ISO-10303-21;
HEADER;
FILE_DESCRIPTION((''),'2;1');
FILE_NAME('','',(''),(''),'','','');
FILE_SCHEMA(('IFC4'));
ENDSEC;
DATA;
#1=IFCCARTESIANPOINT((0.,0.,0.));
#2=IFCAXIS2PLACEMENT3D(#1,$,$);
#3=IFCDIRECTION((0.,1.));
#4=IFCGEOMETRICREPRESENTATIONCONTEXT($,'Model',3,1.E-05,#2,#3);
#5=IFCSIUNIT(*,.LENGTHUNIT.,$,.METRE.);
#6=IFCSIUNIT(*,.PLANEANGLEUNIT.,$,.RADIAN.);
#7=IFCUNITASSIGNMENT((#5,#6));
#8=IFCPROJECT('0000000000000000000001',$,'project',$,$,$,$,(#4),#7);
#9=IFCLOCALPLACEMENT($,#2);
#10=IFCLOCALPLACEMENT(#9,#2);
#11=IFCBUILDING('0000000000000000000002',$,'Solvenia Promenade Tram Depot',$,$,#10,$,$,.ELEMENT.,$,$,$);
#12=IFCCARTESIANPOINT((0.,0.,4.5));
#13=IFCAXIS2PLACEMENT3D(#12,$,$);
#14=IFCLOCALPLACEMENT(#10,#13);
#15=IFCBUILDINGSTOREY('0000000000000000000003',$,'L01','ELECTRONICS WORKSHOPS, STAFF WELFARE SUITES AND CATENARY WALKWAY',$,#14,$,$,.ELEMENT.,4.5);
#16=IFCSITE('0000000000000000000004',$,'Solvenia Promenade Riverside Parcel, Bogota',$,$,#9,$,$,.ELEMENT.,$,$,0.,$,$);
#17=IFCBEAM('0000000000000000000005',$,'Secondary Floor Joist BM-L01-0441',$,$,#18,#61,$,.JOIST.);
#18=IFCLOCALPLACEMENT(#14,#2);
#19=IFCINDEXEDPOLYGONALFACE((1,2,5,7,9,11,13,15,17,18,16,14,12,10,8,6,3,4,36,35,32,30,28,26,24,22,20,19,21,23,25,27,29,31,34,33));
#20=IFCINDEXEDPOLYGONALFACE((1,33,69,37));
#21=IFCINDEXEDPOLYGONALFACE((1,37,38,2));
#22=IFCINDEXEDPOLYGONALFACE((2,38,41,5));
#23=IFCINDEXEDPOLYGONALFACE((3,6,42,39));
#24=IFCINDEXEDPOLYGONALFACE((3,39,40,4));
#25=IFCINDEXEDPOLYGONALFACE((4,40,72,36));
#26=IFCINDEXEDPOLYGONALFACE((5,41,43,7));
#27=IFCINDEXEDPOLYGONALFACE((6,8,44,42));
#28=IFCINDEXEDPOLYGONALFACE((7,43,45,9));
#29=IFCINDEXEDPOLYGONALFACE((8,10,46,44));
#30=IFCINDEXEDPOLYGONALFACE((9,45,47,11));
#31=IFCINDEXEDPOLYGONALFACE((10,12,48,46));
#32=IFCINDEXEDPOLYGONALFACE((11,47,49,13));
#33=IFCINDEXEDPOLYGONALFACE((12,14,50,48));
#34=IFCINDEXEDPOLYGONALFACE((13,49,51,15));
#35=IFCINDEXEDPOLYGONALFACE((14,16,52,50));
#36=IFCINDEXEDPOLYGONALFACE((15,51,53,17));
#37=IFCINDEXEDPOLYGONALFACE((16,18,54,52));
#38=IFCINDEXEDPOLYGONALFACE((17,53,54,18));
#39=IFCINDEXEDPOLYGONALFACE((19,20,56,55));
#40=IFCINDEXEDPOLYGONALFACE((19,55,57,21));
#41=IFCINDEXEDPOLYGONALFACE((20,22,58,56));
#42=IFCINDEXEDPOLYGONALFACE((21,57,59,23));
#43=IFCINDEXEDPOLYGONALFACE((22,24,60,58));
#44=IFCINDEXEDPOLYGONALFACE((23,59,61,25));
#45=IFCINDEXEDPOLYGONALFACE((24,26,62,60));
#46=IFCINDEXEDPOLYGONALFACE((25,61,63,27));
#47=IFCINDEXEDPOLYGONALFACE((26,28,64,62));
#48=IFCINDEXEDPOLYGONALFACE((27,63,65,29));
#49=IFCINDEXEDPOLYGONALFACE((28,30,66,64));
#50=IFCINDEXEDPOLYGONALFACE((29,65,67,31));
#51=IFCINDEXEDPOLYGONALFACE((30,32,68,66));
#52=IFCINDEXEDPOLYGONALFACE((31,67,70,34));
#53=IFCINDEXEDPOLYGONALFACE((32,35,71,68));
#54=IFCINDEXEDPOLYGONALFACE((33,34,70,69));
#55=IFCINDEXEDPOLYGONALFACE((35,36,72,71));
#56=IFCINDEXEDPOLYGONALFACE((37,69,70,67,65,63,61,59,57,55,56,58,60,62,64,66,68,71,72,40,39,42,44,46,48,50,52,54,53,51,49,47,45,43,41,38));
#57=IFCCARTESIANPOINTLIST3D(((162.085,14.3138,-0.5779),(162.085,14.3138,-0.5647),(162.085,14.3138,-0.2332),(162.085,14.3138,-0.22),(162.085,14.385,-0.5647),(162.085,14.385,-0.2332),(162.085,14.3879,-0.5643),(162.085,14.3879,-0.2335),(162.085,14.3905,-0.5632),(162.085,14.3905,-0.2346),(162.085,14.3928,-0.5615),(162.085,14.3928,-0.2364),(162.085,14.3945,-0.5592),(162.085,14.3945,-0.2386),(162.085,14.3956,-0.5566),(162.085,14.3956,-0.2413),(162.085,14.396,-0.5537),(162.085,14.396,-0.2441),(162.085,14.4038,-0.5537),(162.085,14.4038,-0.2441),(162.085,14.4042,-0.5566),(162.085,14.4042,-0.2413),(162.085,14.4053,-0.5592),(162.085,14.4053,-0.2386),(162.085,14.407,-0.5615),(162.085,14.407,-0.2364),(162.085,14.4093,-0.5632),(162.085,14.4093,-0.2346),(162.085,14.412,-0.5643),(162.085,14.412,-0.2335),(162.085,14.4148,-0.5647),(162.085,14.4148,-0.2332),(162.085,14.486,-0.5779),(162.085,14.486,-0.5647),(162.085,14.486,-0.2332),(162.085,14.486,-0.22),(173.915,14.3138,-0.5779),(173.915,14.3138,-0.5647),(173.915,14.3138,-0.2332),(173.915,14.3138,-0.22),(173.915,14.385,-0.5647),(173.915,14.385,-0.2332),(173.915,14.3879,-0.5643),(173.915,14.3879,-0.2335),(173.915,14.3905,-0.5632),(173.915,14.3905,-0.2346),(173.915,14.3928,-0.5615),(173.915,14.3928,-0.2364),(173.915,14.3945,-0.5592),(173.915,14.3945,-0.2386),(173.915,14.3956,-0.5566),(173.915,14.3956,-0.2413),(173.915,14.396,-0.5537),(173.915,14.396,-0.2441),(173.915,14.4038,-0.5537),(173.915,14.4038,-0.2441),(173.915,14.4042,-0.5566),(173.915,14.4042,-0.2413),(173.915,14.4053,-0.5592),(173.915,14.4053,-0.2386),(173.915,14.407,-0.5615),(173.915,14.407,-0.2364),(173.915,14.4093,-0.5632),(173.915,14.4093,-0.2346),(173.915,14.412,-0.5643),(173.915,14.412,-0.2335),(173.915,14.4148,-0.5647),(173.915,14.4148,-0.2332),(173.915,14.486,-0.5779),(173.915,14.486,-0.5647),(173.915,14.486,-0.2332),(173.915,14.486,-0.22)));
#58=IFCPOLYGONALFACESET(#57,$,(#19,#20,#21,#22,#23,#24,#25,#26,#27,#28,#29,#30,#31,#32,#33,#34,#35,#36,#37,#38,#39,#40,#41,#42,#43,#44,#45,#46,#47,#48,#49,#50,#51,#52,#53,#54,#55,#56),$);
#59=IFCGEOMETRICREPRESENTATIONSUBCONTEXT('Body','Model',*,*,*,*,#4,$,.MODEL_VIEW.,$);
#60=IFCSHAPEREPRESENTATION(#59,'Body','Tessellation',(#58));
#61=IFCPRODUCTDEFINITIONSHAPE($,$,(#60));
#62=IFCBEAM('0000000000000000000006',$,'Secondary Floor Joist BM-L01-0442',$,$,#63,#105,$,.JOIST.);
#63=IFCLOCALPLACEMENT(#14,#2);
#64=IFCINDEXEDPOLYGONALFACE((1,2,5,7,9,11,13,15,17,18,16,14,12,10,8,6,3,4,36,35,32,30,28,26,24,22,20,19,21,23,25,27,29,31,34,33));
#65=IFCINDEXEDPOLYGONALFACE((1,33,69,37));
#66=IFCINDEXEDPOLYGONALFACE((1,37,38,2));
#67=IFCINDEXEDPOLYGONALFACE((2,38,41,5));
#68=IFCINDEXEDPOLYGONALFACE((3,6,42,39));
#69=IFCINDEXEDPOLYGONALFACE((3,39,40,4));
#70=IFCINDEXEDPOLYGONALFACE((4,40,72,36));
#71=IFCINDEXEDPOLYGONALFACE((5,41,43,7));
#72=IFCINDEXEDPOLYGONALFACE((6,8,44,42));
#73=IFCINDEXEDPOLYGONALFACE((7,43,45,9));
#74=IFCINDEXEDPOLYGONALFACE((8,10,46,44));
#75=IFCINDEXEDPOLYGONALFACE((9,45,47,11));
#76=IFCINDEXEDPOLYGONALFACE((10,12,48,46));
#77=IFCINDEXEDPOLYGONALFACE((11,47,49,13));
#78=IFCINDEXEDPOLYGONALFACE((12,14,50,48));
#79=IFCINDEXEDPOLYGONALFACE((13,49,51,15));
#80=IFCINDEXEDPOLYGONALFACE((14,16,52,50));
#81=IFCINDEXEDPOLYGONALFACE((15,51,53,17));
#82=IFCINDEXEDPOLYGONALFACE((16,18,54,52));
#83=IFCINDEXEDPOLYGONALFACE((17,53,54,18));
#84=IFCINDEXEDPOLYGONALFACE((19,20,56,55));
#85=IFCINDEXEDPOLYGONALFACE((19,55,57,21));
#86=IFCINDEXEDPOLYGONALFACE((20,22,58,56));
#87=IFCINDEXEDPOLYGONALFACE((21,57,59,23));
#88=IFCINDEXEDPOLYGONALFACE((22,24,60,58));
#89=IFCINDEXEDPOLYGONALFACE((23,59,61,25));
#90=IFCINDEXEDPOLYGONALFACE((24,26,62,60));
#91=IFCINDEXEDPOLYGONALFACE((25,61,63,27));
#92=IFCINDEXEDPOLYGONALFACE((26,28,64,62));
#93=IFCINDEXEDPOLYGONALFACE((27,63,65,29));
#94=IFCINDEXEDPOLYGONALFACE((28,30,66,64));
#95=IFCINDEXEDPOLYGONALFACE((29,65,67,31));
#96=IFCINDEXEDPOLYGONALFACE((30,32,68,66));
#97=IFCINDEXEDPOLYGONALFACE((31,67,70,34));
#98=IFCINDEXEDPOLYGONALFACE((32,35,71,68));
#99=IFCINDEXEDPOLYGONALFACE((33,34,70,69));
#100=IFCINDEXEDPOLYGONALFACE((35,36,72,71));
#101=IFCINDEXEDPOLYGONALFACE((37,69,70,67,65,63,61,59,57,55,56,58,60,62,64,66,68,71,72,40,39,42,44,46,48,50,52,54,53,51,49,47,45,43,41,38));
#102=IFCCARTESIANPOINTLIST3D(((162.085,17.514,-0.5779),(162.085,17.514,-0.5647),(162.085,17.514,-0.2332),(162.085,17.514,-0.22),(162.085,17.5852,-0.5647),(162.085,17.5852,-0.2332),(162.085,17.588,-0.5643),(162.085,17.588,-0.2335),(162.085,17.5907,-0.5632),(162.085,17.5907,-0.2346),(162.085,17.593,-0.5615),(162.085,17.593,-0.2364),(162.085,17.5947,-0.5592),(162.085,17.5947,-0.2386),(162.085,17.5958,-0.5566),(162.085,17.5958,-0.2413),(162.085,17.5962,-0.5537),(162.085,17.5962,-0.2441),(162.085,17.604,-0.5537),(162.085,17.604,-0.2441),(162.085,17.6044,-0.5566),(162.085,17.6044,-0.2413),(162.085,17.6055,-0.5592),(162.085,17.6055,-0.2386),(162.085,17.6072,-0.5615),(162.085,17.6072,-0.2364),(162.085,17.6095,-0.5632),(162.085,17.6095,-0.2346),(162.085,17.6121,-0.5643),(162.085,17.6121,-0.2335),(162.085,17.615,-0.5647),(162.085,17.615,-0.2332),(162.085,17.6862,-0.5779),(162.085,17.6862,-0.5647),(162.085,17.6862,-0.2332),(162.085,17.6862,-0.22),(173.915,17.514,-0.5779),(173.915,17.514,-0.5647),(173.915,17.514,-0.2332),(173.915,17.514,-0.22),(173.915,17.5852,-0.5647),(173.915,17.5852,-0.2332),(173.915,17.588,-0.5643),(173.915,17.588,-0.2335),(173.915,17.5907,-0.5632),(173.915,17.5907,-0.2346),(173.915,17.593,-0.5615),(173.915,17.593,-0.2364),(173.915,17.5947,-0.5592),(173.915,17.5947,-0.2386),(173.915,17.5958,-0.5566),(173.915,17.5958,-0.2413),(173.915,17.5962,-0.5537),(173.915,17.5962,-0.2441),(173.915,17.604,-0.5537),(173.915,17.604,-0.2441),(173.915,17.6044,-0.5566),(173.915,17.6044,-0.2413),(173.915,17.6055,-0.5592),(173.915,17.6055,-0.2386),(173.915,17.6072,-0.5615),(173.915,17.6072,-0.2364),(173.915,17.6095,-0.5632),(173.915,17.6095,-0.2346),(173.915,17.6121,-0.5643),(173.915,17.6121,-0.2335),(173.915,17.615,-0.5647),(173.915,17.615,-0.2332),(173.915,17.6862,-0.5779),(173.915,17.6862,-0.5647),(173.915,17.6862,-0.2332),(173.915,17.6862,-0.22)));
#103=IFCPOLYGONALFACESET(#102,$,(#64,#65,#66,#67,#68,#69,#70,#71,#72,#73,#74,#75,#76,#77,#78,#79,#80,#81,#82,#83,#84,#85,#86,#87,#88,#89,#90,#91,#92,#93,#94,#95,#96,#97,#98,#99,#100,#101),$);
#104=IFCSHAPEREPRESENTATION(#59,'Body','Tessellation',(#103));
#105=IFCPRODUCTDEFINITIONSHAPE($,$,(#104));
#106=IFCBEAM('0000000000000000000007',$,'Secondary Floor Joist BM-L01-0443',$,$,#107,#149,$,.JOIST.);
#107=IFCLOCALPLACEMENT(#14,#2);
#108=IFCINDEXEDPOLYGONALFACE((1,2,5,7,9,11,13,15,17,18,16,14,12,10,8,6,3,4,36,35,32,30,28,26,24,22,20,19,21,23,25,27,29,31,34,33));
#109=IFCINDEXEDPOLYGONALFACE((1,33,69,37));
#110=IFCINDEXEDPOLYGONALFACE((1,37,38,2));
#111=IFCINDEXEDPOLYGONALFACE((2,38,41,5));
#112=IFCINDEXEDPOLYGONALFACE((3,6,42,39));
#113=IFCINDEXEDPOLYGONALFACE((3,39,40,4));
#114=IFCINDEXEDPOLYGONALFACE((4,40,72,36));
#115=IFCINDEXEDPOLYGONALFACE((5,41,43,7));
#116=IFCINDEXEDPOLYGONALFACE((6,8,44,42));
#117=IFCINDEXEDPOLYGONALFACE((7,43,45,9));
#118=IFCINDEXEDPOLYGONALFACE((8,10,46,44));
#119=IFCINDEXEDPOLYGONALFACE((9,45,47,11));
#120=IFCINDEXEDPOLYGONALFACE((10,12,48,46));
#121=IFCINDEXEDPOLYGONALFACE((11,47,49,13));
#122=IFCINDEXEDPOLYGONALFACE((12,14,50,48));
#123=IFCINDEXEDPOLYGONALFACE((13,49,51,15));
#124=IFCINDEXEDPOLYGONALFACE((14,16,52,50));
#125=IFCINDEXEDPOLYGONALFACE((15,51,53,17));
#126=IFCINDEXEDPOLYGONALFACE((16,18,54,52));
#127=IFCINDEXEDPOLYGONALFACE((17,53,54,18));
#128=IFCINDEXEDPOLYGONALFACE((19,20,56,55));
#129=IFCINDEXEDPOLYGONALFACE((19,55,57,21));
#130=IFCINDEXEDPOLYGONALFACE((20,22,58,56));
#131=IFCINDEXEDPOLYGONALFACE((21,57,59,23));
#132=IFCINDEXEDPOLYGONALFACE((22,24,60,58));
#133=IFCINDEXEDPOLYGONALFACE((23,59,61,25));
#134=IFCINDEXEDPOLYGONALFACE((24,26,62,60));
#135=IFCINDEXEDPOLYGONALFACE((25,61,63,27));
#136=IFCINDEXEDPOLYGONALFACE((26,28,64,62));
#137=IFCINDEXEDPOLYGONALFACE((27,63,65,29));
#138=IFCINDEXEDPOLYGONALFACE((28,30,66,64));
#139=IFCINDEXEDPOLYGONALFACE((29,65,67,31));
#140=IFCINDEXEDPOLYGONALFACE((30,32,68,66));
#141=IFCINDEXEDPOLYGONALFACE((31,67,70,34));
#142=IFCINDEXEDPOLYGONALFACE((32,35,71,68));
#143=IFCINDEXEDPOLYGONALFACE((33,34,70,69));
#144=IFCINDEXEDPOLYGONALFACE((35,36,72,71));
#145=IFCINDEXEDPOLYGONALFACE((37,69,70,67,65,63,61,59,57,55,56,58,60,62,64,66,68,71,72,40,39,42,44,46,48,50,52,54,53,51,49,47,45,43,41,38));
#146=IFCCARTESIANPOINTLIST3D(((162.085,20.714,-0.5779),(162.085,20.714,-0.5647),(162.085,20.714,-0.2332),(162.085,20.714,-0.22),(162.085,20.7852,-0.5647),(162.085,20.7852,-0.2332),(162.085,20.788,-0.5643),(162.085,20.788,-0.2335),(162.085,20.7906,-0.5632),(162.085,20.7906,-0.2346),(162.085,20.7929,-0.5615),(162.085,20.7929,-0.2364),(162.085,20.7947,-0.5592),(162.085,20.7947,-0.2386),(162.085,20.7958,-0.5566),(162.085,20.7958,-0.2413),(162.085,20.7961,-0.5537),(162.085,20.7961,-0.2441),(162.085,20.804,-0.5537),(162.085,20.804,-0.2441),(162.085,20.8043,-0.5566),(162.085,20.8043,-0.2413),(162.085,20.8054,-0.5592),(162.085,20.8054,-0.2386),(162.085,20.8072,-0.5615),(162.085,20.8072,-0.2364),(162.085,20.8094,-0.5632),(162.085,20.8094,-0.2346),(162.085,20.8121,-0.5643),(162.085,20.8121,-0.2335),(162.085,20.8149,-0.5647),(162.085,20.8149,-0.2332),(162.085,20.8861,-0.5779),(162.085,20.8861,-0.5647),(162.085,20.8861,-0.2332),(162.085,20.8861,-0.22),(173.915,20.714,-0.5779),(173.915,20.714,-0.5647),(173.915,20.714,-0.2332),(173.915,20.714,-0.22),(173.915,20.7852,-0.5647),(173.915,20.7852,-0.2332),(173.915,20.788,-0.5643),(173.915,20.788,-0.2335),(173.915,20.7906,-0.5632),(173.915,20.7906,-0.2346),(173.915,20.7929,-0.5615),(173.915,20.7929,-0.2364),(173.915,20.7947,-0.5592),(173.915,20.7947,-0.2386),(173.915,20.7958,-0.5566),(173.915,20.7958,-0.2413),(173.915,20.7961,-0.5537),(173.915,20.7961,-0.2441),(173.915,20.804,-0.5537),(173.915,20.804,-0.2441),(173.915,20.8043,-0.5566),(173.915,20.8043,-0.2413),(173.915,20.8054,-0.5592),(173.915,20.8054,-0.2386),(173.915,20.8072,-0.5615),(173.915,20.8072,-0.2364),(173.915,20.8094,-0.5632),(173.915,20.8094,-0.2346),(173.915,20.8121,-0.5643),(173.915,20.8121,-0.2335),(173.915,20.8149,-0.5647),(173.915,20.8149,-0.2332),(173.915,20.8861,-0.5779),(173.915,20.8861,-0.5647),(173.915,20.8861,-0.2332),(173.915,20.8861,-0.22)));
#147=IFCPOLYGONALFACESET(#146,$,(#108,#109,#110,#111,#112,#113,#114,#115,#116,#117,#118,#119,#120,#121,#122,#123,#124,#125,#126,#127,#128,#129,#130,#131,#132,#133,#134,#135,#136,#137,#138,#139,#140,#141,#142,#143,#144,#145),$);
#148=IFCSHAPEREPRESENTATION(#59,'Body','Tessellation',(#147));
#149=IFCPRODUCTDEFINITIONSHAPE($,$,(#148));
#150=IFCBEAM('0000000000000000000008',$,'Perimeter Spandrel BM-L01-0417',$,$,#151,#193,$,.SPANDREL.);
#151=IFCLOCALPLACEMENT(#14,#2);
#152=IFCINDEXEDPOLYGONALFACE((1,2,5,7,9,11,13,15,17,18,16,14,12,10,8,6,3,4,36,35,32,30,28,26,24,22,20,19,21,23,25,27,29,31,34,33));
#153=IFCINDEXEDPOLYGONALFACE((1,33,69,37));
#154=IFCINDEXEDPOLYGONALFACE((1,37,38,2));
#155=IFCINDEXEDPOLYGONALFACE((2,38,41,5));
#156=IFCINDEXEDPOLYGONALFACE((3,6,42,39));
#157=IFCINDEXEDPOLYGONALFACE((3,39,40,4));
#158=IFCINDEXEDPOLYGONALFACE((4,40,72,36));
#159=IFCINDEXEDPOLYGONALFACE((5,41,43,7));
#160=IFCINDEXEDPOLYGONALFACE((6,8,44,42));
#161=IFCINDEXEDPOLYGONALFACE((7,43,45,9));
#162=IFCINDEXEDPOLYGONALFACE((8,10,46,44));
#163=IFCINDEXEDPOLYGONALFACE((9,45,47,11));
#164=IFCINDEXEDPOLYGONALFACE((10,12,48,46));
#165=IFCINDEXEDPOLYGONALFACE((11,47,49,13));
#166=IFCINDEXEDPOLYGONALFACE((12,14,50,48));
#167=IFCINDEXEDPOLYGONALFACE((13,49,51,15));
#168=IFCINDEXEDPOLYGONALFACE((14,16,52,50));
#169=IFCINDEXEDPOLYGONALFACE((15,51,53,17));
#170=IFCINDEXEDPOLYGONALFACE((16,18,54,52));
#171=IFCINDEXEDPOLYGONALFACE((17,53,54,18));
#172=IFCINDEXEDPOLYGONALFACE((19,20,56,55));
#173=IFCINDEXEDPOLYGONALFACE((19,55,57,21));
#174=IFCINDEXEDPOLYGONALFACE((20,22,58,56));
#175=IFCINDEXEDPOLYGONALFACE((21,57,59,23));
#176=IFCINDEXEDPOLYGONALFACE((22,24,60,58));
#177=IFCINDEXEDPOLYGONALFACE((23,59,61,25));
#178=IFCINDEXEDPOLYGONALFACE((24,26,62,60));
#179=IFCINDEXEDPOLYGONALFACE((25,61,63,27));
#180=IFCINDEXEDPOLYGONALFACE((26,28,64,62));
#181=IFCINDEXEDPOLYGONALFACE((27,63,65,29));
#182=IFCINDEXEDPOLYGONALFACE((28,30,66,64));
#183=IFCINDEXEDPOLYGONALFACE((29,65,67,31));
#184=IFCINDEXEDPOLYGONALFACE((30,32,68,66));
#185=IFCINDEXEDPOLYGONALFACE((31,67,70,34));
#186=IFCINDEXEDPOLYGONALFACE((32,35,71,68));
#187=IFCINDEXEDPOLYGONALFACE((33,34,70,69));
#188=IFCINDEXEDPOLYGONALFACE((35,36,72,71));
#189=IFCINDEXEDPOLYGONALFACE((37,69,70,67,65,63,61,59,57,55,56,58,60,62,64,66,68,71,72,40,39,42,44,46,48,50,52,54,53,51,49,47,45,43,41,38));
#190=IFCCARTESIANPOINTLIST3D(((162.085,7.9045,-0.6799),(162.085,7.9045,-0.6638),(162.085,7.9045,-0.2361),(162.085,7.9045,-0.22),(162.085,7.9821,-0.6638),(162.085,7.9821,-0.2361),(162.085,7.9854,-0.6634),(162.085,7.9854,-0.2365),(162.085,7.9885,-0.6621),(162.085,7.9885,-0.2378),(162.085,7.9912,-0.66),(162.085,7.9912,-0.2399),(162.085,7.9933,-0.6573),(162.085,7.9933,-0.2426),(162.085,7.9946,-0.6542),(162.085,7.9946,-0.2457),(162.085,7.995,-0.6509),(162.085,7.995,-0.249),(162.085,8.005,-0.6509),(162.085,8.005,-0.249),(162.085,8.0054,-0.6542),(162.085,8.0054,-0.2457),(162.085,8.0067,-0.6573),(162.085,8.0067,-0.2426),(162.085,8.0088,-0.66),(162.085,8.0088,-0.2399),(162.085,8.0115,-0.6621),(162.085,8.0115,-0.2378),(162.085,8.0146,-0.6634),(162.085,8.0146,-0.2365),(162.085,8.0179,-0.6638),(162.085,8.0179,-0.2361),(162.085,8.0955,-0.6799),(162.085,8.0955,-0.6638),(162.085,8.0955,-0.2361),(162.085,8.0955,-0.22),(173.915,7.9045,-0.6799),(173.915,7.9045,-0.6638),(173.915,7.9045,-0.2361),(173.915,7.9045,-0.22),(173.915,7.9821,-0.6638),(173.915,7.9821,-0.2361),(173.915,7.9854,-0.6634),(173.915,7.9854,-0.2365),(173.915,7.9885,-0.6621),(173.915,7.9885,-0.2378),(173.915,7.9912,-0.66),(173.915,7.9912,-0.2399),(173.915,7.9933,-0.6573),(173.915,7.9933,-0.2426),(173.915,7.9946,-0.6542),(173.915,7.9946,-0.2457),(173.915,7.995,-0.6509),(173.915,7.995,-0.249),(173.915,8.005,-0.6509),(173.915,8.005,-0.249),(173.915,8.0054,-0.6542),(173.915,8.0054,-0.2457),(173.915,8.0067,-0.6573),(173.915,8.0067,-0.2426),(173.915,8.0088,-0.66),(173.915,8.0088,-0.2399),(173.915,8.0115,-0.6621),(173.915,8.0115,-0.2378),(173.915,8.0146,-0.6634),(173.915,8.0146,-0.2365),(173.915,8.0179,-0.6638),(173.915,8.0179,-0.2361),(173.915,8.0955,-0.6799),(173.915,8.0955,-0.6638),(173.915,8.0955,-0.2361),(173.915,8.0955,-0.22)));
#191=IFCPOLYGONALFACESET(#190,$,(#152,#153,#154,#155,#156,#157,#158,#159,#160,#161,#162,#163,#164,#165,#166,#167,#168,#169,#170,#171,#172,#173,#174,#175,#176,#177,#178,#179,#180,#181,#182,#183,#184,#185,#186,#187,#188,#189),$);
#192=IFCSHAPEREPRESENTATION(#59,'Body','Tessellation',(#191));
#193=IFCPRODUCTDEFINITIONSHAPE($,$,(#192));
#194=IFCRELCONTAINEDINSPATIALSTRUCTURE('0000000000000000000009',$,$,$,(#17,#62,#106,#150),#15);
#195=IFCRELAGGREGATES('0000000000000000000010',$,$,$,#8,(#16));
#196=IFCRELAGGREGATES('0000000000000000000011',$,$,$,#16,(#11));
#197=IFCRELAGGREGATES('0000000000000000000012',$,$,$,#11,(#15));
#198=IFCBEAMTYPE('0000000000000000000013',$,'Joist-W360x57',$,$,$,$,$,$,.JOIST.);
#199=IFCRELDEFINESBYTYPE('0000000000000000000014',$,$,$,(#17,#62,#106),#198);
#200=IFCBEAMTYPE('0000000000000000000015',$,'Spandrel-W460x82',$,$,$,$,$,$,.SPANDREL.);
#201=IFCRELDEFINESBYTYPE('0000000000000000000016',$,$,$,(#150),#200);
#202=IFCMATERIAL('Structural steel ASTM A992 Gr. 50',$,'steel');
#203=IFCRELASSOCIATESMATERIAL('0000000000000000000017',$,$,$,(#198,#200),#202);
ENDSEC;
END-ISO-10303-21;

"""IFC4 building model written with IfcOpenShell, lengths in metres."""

from ifc_helpers import new_model, si_unit, direction, frame, origin, origin_2d, place, context, subcontext, project, spatial, i_section, extrude, material, material_profile, profile_set, type_object, element, save


model = new_model("IFC4")

# Units and contexts
model_context = context("Model", 3, precision=1e-05, world=origin(), true_north=direction((0.0, 1.0)))
body_context = subcontext(model_context, "Body", "Model", "MODEL_VIEW")
ifc_project = project(units=[si_unit("LENGTHUNIT", "METRE"), si_unit("PLANEANGLEUNIT", "RADIAN")], contexts=[model_context])

# Site, building, storey
site_placement = place(None, origin())
site = spatial("IfcSite", under=ifc_project, at=site_placement, Name="Solvenia Promenade Riverside Parcel, Bogota", CompositionType="ELEMENT", RefElevation=0.0)
building_placement = place(site_placement, origin())
building = spatial("IfcBuilding", under=site, at=building_placement, Name="Solvenia Promenade Tram Depot", CompositionType="ELEMENT")
storey_placement = place(building_placement, frame((0.0, 0.0, 4.5)))
storey = spatial("IfcBuildingStorey", under=building, at=storey_placement, Name="L01", Description="ELECTRONICS WORKSHOPS, STAFF WELFARE SUITES AND CATENARY WALKWAY", CompositionType="ELEMENT", Elevation=4.5)

# Shared definitions
ifc_material_1 = material(Name="Structural steel ASTM A992 Gr. 50", Category="steel")

# Beams
ifc_material_profile_1 = material_profile(ifc_material_1, i_section(OverallWidth=0.1721, OverallDepth=0.3579, WebThickness=0.0078, FlangeThickness=0.0132, FilletRadius=0.011, at=origin_2d()), Name="W360x57", Category="steel")
ifc_profile_set_1 = profile_set([ifc_material_profile_1], Name="Structural steel ASTM A992 Gr. 50")
beam_type_1 = type_object("IfcBeamType", Name="Joist-W360x57", PredefinedType="JOIST", material=ifc_profile_set_1)
for number, where, z_axis, x_axis, name in (
    (1, (162.085, 14.3999, -0.3989), (1.0, 0.0, 0.0), (0.0, 1.0, 0.0), "Secondary Floor Joist BM-L01-0441"),
    (2, (162.085, 17.6001, -0.3989), (1.0, 0.0, 0.0), (0.0, 1.0, 0.0), "Secondary Floor Joist BM-L01-0442"),
    (3, (162.085, 20.8, -0.3989), (1.0, 0.0, 0.0), (0.0, 1.0, 0.0), "Secondary Floor Joist BM-L01-0443"),
):
    element("IfcBeam", number, at=place(storey_placement, frame(where, z_axis=z_axis, x_axis=x_axis)), inside=storey, type_object=beam_type_1, Name=name, PredefinedType="JOIST", context=body_context, shape_type="SweptSolid", body=[
        extrude(i_section(OverallWidth=0.1721, OverallDepth=0.3579, WebThickness=0.0078, FlangeThickness=0.0132, FilletRadius=0.011, at=origin_2d()), origin(), (0.0, 0.0, 1.0), 11.8301),
    ])
ifc_material_profile_2 = material_profile(ifc_material_1, i_section(OverallWidth=0.1909, OverallDepth=0.46, WebThickness=0.01, FlangeThickness=0.0161, FilletRadius=0.0129, at=origin_2d()), Name="W460x82", Category="steel")
ifc_profile_set_2 = profile_set([ifc_material_profile_2], Name="Structural steel ASTM A992 Gr. 50")
beam_type_2 = type_object("IfcBeamType", Name="Spandrel-W460x82", PredefinedType="SPANDREL", material=ifc_profile_set_2)
beam_placement = place(storey_placement, frame((162.085, 8.0, -0.45), z_axis=(1.0, 0.0, 0.0), x_axis=(0.0, 1.0, 0.0)))
element("IfcBeam", 4, at=beam_placement, inside=storey, type_object=beam_type_2, Name="Perimeter Spandrel BM-L01-0417", PredefinedType="SPANDREL", context=body_context, shape_type="SweptSolid", body=[
    extrude(i_section(OverallWidth=0.1909, OverallDepth=0.46, WebThickness=0.01, FlangeThickness=0.0161, FilletRadius=0.0129, at=origin_2d()), origin(), (0.0, 0.0, 1.0), 11.8301),
])

save(model, "model.ifc")
